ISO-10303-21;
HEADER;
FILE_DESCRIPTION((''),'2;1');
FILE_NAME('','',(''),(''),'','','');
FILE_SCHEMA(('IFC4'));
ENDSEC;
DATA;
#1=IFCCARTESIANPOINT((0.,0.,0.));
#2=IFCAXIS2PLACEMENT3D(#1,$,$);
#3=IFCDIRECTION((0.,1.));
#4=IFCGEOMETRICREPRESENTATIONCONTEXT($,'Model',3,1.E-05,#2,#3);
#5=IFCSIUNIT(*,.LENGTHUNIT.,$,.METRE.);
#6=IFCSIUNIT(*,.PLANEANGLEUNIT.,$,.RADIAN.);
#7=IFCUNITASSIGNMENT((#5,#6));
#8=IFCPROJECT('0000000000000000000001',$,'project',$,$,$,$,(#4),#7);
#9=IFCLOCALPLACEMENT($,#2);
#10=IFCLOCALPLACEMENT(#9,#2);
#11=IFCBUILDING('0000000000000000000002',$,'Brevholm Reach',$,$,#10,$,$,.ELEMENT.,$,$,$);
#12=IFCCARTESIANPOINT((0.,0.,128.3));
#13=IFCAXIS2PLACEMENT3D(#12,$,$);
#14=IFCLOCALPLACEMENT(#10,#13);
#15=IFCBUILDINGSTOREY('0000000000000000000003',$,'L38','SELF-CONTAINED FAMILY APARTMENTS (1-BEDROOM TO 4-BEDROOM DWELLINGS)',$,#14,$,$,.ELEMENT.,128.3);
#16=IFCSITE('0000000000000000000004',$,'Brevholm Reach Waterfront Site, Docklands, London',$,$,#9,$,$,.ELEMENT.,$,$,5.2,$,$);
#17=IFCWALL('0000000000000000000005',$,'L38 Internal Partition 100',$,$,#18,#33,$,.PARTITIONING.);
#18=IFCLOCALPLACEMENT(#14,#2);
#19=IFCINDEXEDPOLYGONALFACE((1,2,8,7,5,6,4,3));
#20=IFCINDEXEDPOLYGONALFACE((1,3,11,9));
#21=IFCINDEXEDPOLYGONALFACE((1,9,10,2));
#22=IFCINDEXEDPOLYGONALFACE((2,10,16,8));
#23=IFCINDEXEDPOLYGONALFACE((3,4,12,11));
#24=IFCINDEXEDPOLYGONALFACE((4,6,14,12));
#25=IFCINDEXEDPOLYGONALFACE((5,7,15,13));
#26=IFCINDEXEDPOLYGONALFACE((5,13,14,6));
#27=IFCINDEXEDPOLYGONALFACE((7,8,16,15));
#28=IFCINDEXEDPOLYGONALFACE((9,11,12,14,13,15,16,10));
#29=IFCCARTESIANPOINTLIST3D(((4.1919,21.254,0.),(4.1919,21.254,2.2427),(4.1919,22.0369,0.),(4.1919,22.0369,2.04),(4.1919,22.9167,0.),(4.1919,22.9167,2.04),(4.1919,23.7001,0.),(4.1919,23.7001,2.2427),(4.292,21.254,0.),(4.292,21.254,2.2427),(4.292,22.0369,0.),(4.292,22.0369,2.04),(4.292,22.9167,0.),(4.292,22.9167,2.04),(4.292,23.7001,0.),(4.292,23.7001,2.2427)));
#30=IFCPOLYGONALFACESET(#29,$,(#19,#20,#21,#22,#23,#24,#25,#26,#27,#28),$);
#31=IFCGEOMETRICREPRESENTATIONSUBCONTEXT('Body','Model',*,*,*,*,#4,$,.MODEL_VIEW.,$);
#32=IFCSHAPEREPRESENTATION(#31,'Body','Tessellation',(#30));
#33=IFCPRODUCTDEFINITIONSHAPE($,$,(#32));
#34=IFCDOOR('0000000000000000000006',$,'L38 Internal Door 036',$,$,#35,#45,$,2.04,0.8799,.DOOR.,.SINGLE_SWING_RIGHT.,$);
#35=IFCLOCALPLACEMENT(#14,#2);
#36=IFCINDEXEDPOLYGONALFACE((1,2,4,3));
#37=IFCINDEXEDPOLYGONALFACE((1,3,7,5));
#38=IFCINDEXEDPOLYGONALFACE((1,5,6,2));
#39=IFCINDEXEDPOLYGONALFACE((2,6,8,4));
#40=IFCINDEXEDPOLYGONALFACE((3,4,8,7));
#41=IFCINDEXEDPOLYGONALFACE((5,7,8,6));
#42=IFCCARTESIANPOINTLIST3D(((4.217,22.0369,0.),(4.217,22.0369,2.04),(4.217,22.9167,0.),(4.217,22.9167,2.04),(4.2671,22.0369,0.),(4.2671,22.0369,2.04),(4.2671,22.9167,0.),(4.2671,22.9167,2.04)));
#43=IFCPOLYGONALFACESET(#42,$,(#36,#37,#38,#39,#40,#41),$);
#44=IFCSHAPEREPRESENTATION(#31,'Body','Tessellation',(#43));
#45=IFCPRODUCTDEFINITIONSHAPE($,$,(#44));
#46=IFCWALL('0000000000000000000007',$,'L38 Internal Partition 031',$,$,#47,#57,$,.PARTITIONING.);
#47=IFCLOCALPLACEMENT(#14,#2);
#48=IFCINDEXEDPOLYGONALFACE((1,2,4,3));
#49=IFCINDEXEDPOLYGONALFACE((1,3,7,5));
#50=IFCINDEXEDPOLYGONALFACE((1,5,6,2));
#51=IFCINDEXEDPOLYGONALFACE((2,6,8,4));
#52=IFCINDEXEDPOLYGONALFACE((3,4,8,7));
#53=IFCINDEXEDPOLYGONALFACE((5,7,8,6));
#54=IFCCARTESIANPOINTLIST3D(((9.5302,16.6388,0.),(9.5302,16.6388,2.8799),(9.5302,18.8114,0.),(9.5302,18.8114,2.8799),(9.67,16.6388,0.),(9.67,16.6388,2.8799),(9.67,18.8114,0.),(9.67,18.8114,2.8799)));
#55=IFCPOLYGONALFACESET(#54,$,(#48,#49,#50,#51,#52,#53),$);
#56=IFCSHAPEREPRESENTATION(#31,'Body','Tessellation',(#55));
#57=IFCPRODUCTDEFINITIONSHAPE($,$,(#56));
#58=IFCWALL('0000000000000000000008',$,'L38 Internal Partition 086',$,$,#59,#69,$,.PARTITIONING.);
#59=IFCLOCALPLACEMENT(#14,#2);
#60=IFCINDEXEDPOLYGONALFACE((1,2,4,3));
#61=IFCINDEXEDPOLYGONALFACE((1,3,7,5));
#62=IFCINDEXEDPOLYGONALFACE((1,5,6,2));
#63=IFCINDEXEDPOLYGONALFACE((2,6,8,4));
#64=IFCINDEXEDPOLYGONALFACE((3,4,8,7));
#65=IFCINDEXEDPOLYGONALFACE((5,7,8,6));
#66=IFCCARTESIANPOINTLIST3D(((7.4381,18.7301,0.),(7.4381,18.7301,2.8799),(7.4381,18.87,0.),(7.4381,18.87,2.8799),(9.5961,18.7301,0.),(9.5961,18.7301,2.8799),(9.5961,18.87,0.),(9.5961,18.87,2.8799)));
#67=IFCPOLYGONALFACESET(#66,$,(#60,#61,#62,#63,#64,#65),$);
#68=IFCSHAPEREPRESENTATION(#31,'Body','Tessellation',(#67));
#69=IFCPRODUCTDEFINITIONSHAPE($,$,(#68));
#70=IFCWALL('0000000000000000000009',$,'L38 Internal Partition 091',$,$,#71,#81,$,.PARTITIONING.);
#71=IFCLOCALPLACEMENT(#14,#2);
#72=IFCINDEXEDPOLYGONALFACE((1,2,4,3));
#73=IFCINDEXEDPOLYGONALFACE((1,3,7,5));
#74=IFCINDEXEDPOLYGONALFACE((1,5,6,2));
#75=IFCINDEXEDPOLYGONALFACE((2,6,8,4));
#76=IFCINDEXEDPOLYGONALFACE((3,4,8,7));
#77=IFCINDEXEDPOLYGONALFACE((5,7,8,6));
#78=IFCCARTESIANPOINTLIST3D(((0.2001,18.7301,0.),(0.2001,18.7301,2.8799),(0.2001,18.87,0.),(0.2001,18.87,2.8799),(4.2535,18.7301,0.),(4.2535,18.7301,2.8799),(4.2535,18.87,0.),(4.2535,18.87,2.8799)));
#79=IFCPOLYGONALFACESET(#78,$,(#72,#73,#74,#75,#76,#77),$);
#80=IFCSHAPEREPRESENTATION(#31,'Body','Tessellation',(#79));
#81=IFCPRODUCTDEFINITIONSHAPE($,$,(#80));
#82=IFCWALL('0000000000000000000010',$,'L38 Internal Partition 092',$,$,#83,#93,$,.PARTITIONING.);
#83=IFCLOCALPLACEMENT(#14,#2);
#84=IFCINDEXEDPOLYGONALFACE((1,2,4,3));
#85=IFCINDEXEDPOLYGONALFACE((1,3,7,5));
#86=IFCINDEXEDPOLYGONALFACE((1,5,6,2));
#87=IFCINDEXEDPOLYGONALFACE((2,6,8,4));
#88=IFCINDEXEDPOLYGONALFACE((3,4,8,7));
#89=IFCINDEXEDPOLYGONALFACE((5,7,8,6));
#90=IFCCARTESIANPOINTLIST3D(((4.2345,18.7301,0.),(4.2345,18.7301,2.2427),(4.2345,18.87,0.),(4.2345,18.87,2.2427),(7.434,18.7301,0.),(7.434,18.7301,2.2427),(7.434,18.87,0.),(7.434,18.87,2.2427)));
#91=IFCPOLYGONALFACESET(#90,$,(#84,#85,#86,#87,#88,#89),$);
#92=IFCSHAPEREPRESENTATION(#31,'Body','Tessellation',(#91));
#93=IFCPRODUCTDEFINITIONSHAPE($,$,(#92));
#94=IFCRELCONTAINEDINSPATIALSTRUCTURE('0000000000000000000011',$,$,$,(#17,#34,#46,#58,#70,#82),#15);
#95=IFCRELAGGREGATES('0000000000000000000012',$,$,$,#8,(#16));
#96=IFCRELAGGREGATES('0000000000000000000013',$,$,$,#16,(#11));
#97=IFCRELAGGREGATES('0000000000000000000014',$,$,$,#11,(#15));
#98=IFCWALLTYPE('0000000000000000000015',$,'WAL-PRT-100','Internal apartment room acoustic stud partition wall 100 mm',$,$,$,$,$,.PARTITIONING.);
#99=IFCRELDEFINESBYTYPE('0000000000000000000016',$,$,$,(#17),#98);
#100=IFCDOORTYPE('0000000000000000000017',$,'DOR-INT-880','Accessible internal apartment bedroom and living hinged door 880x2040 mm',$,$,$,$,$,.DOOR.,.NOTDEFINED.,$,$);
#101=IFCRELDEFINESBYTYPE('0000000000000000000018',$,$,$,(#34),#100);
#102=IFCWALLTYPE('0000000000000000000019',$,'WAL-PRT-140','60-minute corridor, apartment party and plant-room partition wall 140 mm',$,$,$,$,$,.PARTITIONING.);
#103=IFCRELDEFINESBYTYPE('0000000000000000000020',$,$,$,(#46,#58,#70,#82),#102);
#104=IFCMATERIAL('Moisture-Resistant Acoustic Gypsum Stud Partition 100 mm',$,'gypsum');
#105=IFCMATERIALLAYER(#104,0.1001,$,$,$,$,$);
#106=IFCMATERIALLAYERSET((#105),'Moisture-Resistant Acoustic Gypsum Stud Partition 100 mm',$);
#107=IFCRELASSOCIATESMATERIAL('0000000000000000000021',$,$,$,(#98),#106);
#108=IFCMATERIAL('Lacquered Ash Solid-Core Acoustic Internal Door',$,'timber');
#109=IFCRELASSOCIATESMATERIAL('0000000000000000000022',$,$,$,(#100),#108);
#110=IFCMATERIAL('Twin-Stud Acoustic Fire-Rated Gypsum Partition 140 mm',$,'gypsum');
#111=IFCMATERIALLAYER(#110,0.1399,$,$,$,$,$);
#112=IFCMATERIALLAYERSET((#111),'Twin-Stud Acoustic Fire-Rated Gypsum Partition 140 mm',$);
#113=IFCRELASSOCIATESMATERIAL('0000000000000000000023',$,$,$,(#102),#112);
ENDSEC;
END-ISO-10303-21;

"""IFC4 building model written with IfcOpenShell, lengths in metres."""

from ifc_helpers import new_model, si_unit, direction, frame, frame_2d, origin, place, context, subcontext, project, spatial, rectangle, extrude, material, layer, layer_set, type_object, element, fill, save


model = new_model("IFC4")

# Units and contexts
model_context = context("Model", 3, precision=1e-05, world=origin(), true_north=direction((0.0, 1.0)))
body_context = subcontext(model_context, "Body", "Model", "MODEL_VIEW")
ifc_project = project(units=[si_unit("LENGTHUNIT", "METRE"), si_unit("PLANEANGLEUNIT", "RADIAN")], contexts=[model_context])

# Site, building, storey
site_placement = place(None, origin())
site = spatial("IfcSite", under=ifc_project, at=site_placement, Name="Brevholm Reach Waterfront Site, Docklands, London", CompositionType="ELEMENT", RefElevation=5.2)
building_placement = place(site_placement, origin())
building = spatial("IfcBuilding", under=site, at=building_placement, Name="Brevholm Reach", CompositionType="ELEMENT")
storey_placement = place(building_placement, frame((0.0, 0.0, 128.3)))
storey = spatial("IfcBuildingStorey", under=building, at=storey_placement, Name="L38", Description="SELF-CONTAINED FAMILY APARTMENTS (1-BEDROOM TO 4-BEDROOM DWELLINGS)", CompositionType="ELEMENT", Elevation=128.3)

# Shared definitions
ifc_material_1 = material(Name="Moisture-Resistant Acoustic Gypsum Stud Partition 100 mm", Category="gypsum")
ifc_layer_1 = layer(ifc_material_1, 0.1001)
ifc_layer_set_1 = layer_set([ifc_layer_1], Name="Moisture-Resistant Acoustic Gypsum Stud Partition 100 mm")
wall_type_1 = type_object("IfcWallType", Name="WAL-PRT-100", Description="Internal apartment room acoustic stud partition wall 100 mm", PredefinedType="PARTITIONING", material=ifc_layer_set_1)

# Wall, opening, door
ifc_material_2 = material(Name="Lacquered Ash Solid-Core Acoustic Internal Door", Category="timber")
door_type_1 = type_object("IfcDoorType", Name="DOR-INT-880", Description="Accessible internal apartment bedroom and living hinged door 880x2040 mm", OperationType="NOTDEFINED", PredefinedType="DOOR", material=ifc_material_2)
wall_1_placement = place(storey_placement, frame((4.2419, 21.2539, 0.0), z_axis=(0.0, 0.0, 1.0), x_axis=(0.0, 1.0, 0.0)))
wall_1 = element("IfcWall", 1, at=wall_1_placement, inside=storey, type_object=wall_type_1, Name="L38 Internal Partition 100", PredefinedType="PARTITIONING", context=body_context, shape_type="SweptSolid", body=[
    extrude(rectangle(XDim=2.446, YDim=0.1001, at=frame_2d((1.2231, 0.0))), origin(), (0.0, 0.0, 1.0), 2.2427),
])
opening_1_placement = place(wall_1_placement, frame((0.783, 0.0, 0.0)))
opening_1 = element("IfcOpeningElement", 2, at=opening_1_placement, cuts=wall_1, PredefinedType="OPENING", context=body_context, shape_type="SweptSolid", body=[
    extrude(rectangle(XDim=0.8799, YDim=2.04, at=frame_2d((0.4399, 1.02))), frame((0.0, 0.0601, 0.0), z_axis=(0.0, -1.0, 0.0), x_axis=(1.0, 0.0, 0.0)), (0.0, 0.0, 1.0), 0.1201),
])
door_1_placement = place(opening_1_placement, origin())
door_1 = element("IfcDoor", 3, at=door_1_placement, inside=storey, type_object=door_type_1, Name="L38 Internal Door 036", OperationType="SINGLE_SWING_RIGHT", OverallHeight=2.04, OverallWidth=0.8799, PredefinedType="DOOR", context=body_context, shape_type="SweptSolid", body=[
    extrude(rectangle(XDim=0.8799, YDim=2.04, at=frame_2d((0.4399, 1.02))), frame((0.0, 0.0249, 0.0), z_axis=(0.0, -1.0, 0.0), x_axis=(1.0, 0.0, 0.0)), (0.0, 0.0, 1.0), 0.05),
])
fill(opening_1, door_1)

# Walls
ifc_material_3 = material(Name="Twin-Stud Acoustic Fire-Rated Gypsum Partition 140 mm", Category="gypsum")
ifc_layer_2 = layer(ifc_material_3, 0.1399)
ifc_layer_set_2 = layer_set([ifc_layer_2], Name="Twin-Stud Acoustic Fire-Rated Gypsum Partition 140 mm")
wall_type_2 = type_object("IfcWallType", Name="WAL-PRT-140", Description="60-minute corridor, apartment party and plant-room partition wall 140 mm", PredefinedType="PARTITIONING", material=ifc_layer_set_2)
wall_2_placement = place(storey_placement, frame((9.6001, 16.6387, 0.0), z_axis=(0.0, 0.0, 1.0), x_axis=(0.0, 1.0, 0.0)))
element("IfcWall", 4, at=wall_2_placement, inside=storey, type_object=wall_type_2, Name="L38 Internal Partition 031", PredefinedType="PARTITIONING", context=body_context, shape_type="SweptSolid", body=[
    extrude(rectangle(XDim=2.1726, YDim=0.1399, at=frame_2d((1.0864, 0.0))), origin(), (0.0, 0.0, 1.0), 2.8799),
])
wall_3_placement = place(storey_placement, frame((7.438, 18.8, 0.0), z_axis=(0.0, 0.0, 1.0), x_axis=(1.0, 0.0, 0.0)))
element("IfcWall", 5, at=wall_3_placement, inside=storey, type_object=wall_type_2, Name="L38 Internal Partition 086", PredefinedType="PARTITIONING", context=body_context, shape_type="SweptSolid", body=[
    extrude(rectangle(XDim=2.158, YDim=0.1399, at=frame_2d((1.0791, 0.0))), origin(), (0.0, 0.0, 1.0), 2.8799),
])
wall_4_placement = place(storey_placement, frame((0.2, 18.8, 0.0), z_axis=(0.0, 0.0, 1.0), x_axis=(1.0, 0.0, 0.0)))
element("IfcWall", 6, at=wall_4_placement, inside=storey, type_object=wall_type_2, Name="L38 Internal Partition 091", PredefinedType="PARTITIONING", context=body_context, shape_type="SweptSolid", body=[
    extrude(rectangle(XDim=4.0535, YDim=0.1399, at=frame_2d((2.0269, 0.0))), origin(), (0.0, 0.0, 1.0), 2.8799),
])
wall_5_placement = place(storey_placement, frame((4.2346, 18.8, 0.0), z_axis=(0.0, 0.0, 1.0), x_axis=(1.0, 0.0, 0.0)))
element("IfcWall", 7, at=wall_5_placement, inside=storey, type_object=wall_type_2, Name="L38 Internal Partition 092", PredefinedType="PARTITIONING", context=body_context, shape_type="SweptSolid", body=[
    extrude(rectangle(XDim=3.1995, YDim=0.1399, at=frame_2d((1.5996, 0.0))), origin(), (0.0, 0.0, 1.0), 2.2427),
])

save(model, "model.ifc")
